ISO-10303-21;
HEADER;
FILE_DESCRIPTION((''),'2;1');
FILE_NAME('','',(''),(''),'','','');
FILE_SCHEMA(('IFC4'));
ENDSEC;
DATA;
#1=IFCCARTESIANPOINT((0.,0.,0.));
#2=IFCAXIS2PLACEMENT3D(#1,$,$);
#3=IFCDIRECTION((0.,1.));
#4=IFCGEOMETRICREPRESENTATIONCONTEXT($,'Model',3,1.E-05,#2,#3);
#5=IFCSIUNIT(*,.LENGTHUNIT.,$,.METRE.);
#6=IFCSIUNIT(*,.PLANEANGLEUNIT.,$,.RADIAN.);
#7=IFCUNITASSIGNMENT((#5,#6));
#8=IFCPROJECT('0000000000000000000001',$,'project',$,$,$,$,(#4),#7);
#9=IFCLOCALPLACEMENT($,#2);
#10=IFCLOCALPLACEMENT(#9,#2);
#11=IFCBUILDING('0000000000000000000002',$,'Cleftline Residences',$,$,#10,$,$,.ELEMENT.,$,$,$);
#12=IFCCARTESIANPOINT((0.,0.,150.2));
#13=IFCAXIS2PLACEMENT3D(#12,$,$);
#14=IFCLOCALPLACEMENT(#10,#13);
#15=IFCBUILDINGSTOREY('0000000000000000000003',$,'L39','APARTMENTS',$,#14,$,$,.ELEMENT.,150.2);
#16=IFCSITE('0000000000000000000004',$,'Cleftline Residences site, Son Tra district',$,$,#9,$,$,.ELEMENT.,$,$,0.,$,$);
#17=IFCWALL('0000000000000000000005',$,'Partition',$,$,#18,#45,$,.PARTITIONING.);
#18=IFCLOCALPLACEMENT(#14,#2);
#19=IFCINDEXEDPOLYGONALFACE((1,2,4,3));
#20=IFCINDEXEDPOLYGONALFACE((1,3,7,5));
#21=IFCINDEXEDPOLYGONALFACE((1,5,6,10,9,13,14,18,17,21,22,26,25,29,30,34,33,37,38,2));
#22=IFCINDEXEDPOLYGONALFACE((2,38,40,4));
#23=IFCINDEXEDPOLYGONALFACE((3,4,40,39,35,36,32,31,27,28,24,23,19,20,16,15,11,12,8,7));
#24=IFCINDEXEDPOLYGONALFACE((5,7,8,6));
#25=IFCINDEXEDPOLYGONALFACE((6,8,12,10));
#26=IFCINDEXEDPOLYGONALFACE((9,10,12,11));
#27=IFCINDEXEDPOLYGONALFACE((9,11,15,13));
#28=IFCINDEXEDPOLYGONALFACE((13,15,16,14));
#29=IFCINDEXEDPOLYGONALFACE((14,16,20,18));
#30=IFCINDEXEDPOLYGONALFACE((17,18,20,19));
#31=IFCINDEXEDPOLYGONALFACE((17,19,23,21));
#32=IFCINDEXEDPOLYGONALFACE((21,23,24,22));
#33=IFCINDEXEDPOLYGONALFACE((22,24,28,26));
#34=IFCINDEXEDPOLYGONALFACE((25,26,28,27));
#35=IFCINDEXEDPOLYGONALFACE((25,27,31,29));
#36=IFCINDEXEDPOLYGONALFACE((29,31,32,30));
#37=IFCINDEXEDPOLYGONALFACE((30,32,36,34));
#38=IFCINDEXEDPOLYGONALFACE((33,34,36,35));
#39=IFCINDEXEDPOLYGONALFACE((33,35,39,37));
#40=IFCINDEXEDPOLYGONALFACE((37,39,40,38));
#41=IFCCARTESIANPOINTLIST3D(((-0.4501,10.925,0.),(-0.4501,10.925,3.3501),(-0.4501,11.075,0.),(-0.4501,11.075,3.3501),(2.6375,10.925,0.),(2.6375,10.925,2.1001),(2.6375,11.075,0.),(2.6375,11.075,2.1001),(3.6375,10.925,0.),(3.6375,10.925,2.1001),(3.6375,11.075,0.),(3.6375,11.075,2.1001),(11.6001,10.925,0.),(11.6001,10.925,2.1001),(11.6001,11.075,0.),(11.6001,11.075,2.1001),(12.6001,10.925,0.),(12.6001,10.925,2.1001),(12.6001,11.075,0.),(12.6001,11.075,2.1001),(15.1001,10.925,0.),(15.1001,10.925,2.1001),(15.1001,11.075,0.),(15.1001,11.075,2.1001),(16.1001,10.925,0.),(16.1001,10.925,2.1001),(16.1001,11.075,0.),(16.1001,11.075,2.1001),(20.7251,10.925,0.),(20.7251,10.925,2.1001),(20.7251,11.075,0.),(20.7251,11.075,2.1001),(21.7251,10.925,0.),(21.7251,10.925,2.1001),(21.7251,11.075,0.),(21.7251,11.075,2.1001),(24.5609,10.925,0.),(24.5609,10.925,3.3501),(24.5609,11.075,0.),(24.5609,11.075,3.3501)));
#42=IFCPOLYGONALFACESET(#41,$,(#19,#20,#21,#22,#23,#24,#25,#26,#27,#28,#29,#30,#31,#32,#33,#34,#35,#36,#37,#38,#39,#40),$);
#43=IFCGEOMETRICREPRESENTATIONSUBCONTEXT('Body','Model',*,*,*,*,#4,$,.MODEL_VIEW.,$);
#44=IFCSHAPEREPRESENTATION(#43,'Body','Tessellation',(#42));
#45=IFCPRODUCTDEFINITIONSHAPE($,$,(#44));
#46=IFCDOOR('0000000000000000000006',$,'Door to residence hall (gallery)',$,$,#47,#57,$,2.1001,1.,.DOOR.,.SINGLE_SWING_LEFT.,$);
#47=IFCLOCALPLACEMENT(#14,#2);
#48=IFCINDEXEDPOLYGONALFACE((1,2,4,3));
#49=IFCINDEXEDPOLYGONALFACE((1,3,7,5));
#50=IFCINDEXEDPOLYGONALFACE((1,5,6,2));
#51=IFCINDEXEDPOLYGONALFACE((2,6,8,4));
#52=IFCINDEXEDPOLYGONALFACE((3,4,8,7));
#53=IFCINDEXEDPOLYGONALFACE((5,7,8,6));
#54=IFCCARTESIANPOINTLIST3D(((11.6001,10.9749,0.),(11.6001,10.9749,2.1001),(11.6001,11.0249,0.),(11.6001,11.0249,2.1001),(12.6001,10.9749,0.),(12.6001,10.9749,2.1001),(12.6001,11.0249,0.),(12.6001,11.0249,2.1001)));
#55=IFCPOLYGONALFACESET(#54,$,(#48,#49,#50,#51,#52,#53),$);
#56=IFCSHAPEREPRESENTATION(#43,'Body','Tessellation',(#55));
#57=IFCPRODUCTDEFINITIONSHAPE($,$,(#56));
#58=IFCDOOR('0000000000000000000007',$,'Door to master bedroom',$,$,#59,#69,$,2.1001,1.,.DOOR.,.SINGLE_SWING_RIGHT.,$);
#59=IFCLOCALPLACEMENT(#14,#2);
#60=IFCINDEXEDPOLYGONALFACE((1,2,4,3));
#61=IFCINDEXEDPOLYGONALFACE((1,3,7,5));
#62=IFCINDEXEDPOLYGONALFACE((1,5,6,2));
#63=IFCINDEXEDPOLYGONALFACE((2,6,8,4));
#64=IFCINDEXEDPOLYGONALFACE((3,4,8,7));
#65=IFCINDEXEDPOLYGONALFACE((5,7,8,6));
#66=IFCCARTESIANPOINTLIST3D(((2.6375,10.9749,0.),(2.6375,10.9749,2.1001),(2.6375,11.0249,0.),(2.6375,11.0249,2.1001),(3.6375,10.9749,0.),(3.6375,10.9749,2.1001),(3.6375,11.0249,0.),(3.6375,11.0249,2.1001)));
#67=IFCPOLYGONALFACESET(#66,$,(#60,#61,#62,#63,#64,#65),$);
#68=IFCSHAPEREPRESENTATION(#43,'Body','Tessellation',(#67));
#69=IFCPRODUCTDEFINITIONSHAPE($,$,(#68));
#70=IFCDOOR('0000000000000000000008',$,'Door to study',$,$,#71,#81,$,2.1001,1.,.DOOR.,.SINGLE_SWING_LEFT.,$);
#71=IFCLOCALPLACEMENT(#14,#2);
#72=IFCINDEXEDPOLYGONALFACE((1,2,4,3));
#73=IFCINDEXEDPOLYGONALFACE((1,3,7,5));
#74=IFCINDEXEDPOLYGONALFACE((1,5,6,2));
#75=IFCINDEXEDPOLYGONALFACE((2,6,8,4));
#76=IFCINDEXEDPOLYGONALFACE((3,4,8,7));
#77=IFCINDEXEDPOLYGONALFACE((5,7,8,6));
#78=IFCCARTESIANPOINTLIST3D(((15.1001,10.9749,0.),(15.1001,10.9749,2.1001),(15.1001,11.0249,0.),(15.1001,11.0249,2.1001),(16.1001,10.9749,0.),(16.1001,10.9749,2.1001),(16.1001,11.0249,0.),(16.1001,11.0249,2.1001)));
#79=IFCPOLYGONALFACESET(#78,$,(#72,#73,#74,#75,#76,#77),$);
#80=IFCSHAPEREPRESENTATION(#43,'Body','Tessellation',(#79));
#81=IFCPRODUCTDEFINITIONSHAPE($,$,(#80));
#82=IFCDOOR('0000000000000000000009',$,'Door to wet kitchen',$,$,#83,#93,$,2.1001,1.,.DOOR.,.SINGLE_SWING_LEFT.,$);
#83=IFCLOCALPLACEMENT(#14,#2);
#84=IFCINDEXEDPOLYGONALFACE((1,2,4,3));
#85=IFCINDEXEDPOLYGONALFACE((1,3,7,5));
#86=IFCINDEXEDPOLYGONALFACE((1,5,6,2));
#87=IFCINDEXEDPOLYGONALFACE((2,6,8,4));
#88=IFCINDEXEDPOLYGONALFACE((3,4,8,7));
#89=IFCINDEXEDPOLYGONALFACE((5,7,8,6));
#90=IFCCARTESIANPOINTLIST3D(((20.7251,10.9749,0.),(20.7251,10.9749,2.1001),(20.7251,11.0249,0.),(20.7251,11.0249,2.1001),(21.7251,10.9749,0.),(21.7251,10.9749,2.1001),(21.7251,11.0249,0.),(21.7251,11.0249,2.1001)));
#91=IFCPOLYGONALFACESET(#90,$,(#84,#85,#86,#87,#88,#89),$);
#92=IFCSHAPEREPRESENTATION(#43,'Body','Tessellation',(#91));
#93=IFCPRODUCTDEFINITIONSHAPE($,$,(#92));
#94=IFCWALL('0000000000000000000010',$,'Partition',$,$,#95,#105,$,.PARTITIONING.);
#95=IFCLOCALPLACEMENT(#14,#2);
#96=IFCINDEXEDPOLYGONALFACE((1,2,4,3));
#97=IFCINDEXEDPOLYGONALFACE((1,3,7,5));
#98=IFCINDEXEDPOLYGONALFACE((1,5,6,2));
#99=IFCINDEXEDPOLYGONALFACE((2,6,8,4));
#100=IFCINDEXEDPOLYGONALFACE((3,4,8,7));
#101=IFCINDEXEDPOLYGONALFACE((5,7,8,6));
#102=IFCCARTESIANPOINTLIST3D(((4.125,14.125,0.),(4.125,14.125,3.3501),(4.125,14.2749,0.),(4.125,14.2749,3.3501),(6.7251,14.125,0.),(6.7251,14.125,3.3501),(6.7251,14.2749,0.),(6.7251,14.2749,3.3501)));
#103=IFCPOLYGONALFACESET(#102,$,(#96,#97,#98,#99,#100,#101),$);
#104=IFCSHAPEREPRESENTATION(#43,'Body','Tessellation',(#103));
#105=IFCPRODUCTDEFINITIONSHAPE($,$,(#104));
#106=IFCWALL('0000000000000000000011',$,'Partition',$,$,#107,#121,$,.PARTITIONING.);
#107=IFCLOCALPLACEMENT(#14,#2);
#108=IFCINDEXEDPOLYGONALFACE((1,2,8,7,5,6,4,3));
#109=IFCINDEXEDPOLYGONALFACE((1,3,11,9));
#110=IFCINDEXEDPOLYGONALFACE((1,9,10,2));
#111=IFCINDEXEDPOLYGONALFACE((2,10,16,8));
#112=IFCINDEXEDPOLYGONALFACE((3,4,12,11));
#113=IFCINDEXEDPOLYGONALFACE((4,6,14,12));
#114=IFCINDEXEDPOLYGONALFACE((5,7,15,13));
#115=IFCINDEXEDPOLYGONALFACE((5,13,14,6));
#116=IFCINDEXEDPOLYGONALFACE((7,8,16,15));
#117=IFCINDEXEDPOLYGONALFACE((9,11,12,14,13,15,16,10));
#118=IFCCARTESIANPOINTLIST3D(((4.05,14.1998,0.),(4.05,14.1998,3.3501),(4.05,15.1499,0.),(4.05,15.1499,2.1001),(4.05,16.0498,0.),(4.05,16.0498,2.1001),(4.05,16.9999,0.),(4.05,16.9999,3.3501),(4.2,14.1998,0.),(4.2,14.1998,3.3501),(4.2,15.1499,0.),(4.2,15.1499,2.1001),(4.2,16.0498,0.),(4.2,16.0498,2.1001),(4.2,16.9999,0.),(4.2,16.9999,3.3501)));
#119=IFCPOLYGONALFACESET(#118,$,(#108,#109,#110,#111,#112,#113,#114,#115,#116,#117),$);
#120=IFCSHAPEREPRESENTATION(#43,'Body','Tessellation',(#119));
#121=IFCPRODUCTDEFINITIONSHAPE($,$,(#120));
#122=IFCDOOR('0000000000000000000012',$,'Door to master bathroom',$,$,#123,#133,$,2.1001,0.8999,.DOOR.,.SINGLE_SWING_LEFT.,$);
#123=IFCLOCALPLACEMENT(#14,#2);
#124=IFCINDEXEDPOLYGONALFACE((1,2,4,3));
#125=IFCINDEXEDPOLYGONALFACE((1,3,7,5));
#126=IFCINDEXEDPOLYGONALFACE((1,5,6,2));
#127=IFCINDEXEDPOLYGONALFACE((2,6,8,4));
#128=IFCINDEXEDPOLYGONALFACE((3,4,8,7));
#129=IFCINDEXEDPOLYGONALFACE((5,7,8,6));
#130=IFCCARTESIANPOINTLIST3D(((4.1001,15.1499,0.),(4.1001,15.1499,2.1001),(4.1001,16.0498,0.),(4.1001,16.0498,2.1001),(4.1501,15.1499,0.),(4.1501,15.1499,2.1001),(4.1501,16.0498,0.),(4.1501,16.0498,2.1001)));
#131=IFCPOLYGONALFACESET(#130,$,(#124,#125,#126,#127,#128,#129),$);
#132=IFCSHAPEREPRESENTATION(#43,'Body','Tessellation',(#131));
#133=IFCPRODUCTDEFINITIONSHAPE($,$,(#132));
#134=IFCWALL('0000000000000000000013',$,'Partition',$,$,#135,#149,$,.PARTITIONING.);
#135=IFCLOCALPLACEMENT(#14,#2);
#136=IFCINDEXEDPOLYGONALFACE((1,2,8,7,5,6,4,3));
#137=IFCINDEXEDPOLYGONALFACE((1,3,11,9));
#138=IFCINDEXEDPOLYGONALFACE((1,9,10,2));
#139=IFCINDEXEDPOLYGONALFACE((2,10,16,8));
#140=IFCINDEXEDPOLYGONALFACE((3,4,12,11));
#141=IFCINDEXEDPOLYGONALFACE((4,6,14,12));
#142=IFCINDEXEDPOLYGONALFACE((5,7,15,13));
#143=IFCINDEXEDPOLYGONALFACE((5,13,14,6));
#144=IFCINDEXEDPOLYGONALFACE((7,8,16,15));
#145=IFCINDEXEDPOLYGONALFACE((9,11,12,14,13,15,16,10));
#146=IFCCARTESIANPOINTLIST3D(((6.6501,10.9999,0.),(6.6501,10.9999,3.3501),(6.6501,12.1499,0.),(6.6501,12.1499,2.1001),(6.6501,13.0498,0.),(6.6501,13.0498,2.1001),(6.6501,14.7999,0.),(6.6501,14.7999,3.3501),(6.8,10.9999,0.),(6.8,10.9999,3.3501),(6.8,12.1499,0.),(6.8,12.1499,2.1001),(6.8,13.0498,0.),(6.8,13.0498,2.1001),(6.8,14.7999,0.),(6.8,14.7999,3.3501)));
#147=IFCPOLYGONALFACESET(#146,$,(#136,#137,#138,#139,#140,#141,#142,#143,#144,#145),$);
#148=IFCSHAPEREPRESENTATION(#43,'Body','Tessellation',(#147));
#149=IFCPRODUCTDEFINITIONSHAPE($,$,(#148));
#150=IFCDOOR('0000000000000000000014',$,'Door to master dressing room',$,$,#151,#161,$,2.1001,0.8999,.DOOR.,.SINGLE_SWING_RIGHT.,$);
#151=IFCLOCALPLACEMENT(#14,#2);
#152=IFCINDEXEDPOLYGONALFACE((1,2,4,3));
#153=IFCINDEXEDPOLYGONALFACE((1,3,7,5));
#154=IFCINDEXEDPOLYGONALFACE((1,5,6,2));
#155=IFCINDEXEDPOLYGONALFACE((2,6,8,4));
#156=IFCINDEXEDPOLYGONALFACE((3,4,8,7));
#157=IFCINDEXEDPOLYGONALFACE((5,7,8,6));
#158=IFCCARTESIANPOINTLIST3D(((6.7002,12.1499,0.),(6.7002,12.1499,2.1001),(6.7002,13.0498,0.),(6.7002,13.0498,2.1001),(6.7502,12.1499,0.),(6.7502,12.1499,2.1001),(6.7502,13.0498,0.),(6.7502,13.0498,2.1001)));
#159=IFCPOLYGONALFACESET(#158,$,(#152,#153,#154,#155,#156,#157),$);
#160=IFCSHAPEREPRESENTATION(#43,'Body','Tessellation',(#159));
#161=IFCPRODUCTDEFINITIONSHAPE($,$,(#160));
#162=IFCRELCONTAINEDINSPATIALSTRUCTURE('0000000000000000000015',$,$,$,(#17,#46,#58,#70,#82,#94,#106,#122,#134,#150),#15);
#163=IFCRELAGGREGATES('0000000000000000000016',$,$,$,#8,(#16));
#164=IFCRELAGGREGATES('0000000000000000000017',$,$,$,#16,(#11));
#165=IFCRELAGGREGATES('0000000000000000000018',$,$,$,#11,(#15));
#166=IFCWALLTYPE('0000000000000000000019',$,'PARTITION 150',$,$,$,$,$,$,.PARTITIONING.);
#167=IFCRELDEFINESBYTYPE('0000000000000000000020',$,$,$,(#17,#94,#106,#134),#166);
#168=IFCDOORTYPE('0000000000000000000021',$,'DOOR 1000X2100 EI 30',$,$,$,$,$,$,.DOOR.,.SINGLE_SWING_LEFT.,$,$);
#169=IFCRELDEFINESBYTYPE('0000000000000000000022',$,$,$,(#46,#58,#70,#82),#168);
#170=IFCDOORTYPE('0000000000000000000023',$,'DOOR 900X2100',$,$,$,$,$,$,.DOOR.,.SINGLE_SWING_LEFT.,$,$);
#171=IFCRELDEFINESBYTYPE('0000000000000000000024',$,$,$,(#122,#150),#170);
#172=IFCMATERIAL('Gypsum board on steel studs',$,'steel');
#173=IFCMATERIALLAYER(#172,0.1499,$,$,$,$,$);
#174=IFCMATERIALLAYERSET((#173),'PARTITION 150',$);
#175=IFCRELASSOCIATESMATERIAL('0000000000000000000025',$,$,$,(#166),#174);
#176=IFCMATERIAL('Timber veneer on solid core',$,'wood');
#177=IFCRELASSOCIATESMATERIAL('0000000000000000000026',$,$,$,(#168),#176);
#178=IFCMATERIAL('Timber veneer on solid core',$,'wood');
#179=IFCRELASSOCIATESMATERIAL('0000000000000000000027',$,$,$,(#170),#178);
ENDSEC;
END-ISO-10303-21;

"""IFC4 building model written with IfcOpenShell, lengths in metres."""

from ifc_helpers import new_model, si_unit, direction, frame, frame_2d, origin, place, context, subcontext, project, spatial, rectangle, extrude, material, layer, layer_set, type_object, element, fill, save


model = new_model("IFC4")

# Units and contexts
model_context = context("Model", 3, precision=1e-05, world=origin(), true_north=direction((0.0, 1.0)))
body_context = subcontext(model_context, "Body", "Model", "MODEL_VIEW")
ifc_project = project(units=[si_unit("LENGTHUNIT", "METRE"), si_unit("PLANEANGLEUNIT", "RADIAN")], contexts=[model_context])

# Site, building, storey
site_placement = place(None, origin())
site = spatial("IfcSite", under=ifc_project, at=site_placement, Name="Cleftline Residences site, Son Tra district", CompositionType="ELEMENT", RefElevation=0.0)
building_placement = place(site_placement, origin())
building = spatial("IfcBuilding", under=site, at=building_placement, Name="Cleftline Residences", CompositionType="ELEMENT")
storey_placement = place(building_placement, frame((0.0, 0.0, 150.2)))
storey = spatial("IfcBuildingStorey", under=building, at=storey_placement, Name="L39", Description="APARTMENTS", CompositionType="ELEMENT", Elevation=150.2)

# Shared definitions
ifc_material_1 = material(Name="Gypsum board on steel studs", Category="steel")
ifc_layer = layer(ifc_material_1, 0.1499)
ifc_layer_set = layer_set([ifc_layer], Name="PARTITION 150")
wall_type = type_object("IfcWallType", Name="PARTITION 150", PredefinedType="PARTITIONING", material=ifc_layer_set)

# Wall, openings, doors
wall_1_placement = place(storey_placement, frame((-0.45, 11.0, 0.0), z_axis=(0.0, 0.0, 1.0), x_axis=(1.0, 0.0, 0.0)))
wall_1 = element("IfcWall", 1, at=wall_1_placement, inside=storey, type_object=wall_type, Name="Partition", PredefinedType="PARTITIONING", context=body_context, shape_type="SweptSolid", body=[
    extrude(rectangle(XDim=25.011, YDim=0.1499, at=frame_2d((12.5054, 0.0))), origin(), (0.0, 0.0, 1.0), 3.3501),
])
opening_1_placement = place(wall_1_placement, frame((12.05, 0.0, 0.0)))
opening_1 = element("IfcOpeningElement", 2, at=opening_1_placement, cuts=wall_1, PredefinedType="OPENING", context=body_context, shape_type="SweptSolid", body=[
    extrude(rectangle(XDim=1.0, YDim=2.1001, at=frame_2d((0.5, 1.05))), frame((0.0, 0.085, 0.0), z_axis=(0.0, -1.0, 0.0), x_axis=(1.0, 0.0, 0.0)), (0.0, 0.0, 1.0), 0.1699),
])
opening_2_placement = place(wall_1_placement, frame((3.0874, 0.0, 0.0)))
opening_2 = element("IfcOpeningElement", 3, at=opening_2_placement, cuts=wall_1, PredefinedType="OPENING", context=body_context, shape_type="SweptSolid", body=[
    extrude(rectangle(XDim=1.0, YDim=2.1001, at=frame_2d((0.5, 1.05))), frame((0.0, 0.085, 0.0), z_axis=(0.0, -1.0, 0.0), x_axis=(1.0, 0.0, 0.0)), (0.0, 0.0, 1.0), 0.1699),
])
opening_3_placement = place(wall_1_placement, frame((15.55, 0.0, 0.0)))
opening_3 = element("IfcOpeningElement", 4, at=opening_3_placement, cuts=wall_1, PredefinedType="OPENING", context=body_context, shape_type="SweptSolid", body=[
    extrude(rectangle(XDim=1.0, YDim=2.1001, at=frame_2d((0.5, 1.05))), frame((0.0, 0.085, 0.0), z_axis=(0.0, -1.0, 0.0), x_axis=(1.0, 0.0, 0.0)), (0.0, 0.0, 1.0), 0.1699),
])
opening_4_placement = place(wall_1_placement, frame((21.175, 0.0, 0.0)))
opening_4 = element("IfcOpeningElement", 5, at=opening_4_placement, cuts=wall_1, PredefinedType="OPENING", context=body_context, shape_type="SweptSolid", body=[
    extrude(rectangle(XDim=1.0, YDim=2.1001, at=frame_2d((0.5, 1.05))), frame((0.0, 0.085, 0.0), z_axis=(0.0, -1.0, 0.0), x_axis=(1.0, 0.0, 0.0)), (0.0, 0.0, 1.0), 0.1699),
])
ifc_material_2 = material(Name="Timber veneer on solid core", Category="wood")
door_type_1 = type_object("IfcDoorType", Name="DOOR 1000X2100 EI 30", OperationType="SINGLE_SWING_LEFT", PredefinedType="DOOR", material=ifc_material_2)
door_1_placement = place(opening_1_placement, origin())
door_1 = element("IfcDoor", 6, at=door_1_placement, inside=storey, type_object=door_type_1, Name="Door to residence hall (gallery)", OperationType="SINGLE_SWING_LEFT", OverallHeight=2.1001, OverallWidth=1.0, PredefinedType="DOOR", context=body_context, shape_type="SweptSolid", body=[
    extrude(rectangle(XDim=1.0, YDim=2.1001, at=frame_2d((0.5, 1.05))), frame((0.0, 0.0249, 0.0), z_axis=(0.0, -1.0, 0.0), x_axis=(1.0, 0.0, 0.0)), (0.0, 0.0, 1.0), 0.05),
])
fill(opening_1, door_1)
door_2_placement = place(opening_2_placement, origin())
door_2 = element("IfcDoor", 7, at=door_2_placement, inside=storey, type_object=door_type_1, Name="Door to master bedroom", OperationType="SINGLE_SWING_RIGHT", OverallHeight=2.1001, OverallWidth=1.0, PredefinedType="DOOR", context=body_context, shape_type="SweptSolid", body=[
    extrude(rectangle(XDim=1.0, YDim=2.1001, at=frame_2d((0.5, 1.05))), frame((0.0, 0.0249, 0.0), z_axis=(0.0, -1.0, 0.0), x_axis=(1.0, 0.0, 0.0)), (0.0, 0.0, 1.0), 0.05),
])
fill(opening_2, door_2)
door_3_placement = place(opening_3_placement, origin())
door_3 = element("IfcDoor", 8, at=door_3_placement, inside=storey, type_object=door_type_1, Name="Door to study", OperationType="SINGLE_SWING_LEFT", OverallHeight=2.1001, OverallWidth=1.0, PredefinedType="DOOR", context=body_context, shape_type="SweptSolid", body=[
    extrude(rectangle(XDim=1.0, YDim=2.1001, at=frame_2d((0.5, 1.05))), frame((0.0, 0.0249, 0.0), z_axis=(0.0, -1.0, 0.0), x_axis=(1.0, 0.0, 0.0)), (0.0, 0.0, 1.0), 0.05),
])
fill(opening_3, door_3)
door_4_placement = place(opening_4_placement, origin())
door_4 = element("IfcDoor", 9, at=door_4_placement, inside=storey, type_object=door_type_1, Name="Door to wet kitchen", OperationType="SINGLE_SWING_LEFT", OverallHeight=2.1001, OverallWidth=1.0, PredefinedType="DOOR", context=body_context, shape_type="SweptSolid", body=[
    extrude(rectangle(XDim=1.0, YDim=2.1001, at=frame_2d((0.5, 1.05))), frame((0.0, 0.0249, 0.0), z_axis=(0.0, -1.0, 0.0), x_axis=(1.0, 0.0, 0.0)), (0.0, 0.0, 1.0), 0.05),
])
fill(opening_4, door_4)

# Wall
wall_2_placement = place(storey_placement, frame((4.125, 14.2, 0.0), z_axis=(0.0, 0.0, 1.0), x_axis=(1.0, 0.0, 0.0)))
element("IfcWall", 10, at=wall_2_placement, inside=storey, type_object=wall_type, Name="Partition", PredefinedType="PARTITIONING", context=body_context, shape_type="SweptSolid", body=[
    extrude(rectangle(XDim=2.6001, YDim=0.1499, at=frame_2d((1.3, 0.0))), origin(), (0.0, 0.0, 1.0), 3.3501),
])

# Walls, openings, doors
wall_3_placement = place(storey_placement, frame((4.125, 14.2, 0.0), z_axis=(0.0, 0.0, 1.0), x_axis=(0.0, 1.0, 0.0)))
wall_3 = element("IfcWall", 11, at=wall_3_placement, inside=storey, type_object=wall_type, Name="Partition", PredefinedType="PARTITIONING", context=body_context, shape_type="SweptSolid", body=[
    extrude(rectangle(XDim=2.8, YDim=0.1499, at=frame_2d((1.3999, 0.0))), origin(), (0.0, 0.0, 1.0), 3.3501),
])
opening_5_placement = place(wall_3_placement, frame((0.95, 0.0, 0.0)))
opening_5 = element("IfcOpeningElement", 12, at=opening_5_placement, cuts=wall_3, PredefinedType="OPENING", context=body_context, shape_type="SweptSolid", body=[
    extrude(rectangle(XDim=0.8999, YDim=2.1001, at=frame_2d((0.45, 1.05))), frame((0.0, 0.085, 0.0), z_axis=(0.0, -1.0, 0.0), x_axis=(1.0, 0.0, 0.0)), (0.0, 0.0, 1.0), 0.1699),
])
ifc_material_3 = material(Name="Timber veneer on solid core", Category="wood")
door_type_2 = type_object("IfcDoorType", Name="DOOR 900X2100", OperationType="SINGLE_SWING_LEFT", PredefinedType="DOOR", material=ifc_material_3)
door_5_placement = place(opening_5_placement, origin())
door_5 = element("IfcDoor", 13, at=door_5_placement, inside=storey, type_object=door_type_2, Name="Door to master bathroom", OperationType="SINGLE_SWING_LEFT", OverallHeight=2.1001, OverallWidth=0.8999, PredefinedType="DOOR", context=body_context, shape_type="SweptSolid", body=[
    extrude(rectangle(XDim=0.8999, YDim=2.1001, at=frame_2d((0.45, 1.05))), frame((0.0, 0.0249, 0.0), z_axis=(0.0, -1.0, 0.0), x_axis=(1.0, 0.0, 0.0)), (0.0, 0.0, 1.0), 0.05),
])
fill(opening_5, door_5)
wall_4_placement = place(storey_placement, frame((6.7251, 11.0, 0.0), z_axis=(0.0, 0.0, 1.0), x_axis=(0.0, 1.0, 0.0)))
wall_4 = element("IfcWall", 14, at=wall_4_placement, inside=storey, type_object=wall_type, Name="Partition", PredefinedType="PARTITIONING", context=body_context, shape_type="SweptSolid", body=[
    extrude(rectangle(XDim=3.8, YDim=0.1499, at=frame_2d((1.8999, 0.0))), origin(), (0.0, 0.0, 1.0), 3.3501),
])
opening_6_placement = place(wall_4_placement, frame((1.1499, 0.0, 0.0)))
opening_6 = element("IfcOpeningElement", 15, at=opening_6_placement, cuts=wall_4, PredefinedType="OPENING", context=body_context, shape_type="SweptSolid", body=[
    extrude(rectangle(XDim=0.8999, YDim=2.1001, at=frame_2d((0.45, 1.05))), frame((0.0, 0.085, 0.0), z_axis=(0.0, -1.0, 0.0), x_axis=(1.0, 0.0, 0.0)), (0.0, 0.0, 1.0), 0.1699),
])
door_6_placement = place(opening_6_placement, origin())
door_6 = element("IfcDoor", 16, at=door_6_placement, inside=storey, type_object=door_type_2, Name="Door to master dressing room", OperationType="SINGLE_SWING_RIGHT", OverallHeight=2.1001, OverallWidth=0.8999, PredefinedType="DOOR", context=body_context, shape_type="SweptSolid", body=[
    extrude(rectangle(XDim=0.8999, YDim=2.1001, at=frame_2d((0.45, 1.05))), frame((0.0, 0.0249, 0.0), z_axis=(0.0, -1.0, 0.0), x_axis=(1.0, 0.0, 0.0)), (0.0, 0.0, 1.0), 0.05),
])
fill(opening_6, door_6)

save(model, "model.ifc")
